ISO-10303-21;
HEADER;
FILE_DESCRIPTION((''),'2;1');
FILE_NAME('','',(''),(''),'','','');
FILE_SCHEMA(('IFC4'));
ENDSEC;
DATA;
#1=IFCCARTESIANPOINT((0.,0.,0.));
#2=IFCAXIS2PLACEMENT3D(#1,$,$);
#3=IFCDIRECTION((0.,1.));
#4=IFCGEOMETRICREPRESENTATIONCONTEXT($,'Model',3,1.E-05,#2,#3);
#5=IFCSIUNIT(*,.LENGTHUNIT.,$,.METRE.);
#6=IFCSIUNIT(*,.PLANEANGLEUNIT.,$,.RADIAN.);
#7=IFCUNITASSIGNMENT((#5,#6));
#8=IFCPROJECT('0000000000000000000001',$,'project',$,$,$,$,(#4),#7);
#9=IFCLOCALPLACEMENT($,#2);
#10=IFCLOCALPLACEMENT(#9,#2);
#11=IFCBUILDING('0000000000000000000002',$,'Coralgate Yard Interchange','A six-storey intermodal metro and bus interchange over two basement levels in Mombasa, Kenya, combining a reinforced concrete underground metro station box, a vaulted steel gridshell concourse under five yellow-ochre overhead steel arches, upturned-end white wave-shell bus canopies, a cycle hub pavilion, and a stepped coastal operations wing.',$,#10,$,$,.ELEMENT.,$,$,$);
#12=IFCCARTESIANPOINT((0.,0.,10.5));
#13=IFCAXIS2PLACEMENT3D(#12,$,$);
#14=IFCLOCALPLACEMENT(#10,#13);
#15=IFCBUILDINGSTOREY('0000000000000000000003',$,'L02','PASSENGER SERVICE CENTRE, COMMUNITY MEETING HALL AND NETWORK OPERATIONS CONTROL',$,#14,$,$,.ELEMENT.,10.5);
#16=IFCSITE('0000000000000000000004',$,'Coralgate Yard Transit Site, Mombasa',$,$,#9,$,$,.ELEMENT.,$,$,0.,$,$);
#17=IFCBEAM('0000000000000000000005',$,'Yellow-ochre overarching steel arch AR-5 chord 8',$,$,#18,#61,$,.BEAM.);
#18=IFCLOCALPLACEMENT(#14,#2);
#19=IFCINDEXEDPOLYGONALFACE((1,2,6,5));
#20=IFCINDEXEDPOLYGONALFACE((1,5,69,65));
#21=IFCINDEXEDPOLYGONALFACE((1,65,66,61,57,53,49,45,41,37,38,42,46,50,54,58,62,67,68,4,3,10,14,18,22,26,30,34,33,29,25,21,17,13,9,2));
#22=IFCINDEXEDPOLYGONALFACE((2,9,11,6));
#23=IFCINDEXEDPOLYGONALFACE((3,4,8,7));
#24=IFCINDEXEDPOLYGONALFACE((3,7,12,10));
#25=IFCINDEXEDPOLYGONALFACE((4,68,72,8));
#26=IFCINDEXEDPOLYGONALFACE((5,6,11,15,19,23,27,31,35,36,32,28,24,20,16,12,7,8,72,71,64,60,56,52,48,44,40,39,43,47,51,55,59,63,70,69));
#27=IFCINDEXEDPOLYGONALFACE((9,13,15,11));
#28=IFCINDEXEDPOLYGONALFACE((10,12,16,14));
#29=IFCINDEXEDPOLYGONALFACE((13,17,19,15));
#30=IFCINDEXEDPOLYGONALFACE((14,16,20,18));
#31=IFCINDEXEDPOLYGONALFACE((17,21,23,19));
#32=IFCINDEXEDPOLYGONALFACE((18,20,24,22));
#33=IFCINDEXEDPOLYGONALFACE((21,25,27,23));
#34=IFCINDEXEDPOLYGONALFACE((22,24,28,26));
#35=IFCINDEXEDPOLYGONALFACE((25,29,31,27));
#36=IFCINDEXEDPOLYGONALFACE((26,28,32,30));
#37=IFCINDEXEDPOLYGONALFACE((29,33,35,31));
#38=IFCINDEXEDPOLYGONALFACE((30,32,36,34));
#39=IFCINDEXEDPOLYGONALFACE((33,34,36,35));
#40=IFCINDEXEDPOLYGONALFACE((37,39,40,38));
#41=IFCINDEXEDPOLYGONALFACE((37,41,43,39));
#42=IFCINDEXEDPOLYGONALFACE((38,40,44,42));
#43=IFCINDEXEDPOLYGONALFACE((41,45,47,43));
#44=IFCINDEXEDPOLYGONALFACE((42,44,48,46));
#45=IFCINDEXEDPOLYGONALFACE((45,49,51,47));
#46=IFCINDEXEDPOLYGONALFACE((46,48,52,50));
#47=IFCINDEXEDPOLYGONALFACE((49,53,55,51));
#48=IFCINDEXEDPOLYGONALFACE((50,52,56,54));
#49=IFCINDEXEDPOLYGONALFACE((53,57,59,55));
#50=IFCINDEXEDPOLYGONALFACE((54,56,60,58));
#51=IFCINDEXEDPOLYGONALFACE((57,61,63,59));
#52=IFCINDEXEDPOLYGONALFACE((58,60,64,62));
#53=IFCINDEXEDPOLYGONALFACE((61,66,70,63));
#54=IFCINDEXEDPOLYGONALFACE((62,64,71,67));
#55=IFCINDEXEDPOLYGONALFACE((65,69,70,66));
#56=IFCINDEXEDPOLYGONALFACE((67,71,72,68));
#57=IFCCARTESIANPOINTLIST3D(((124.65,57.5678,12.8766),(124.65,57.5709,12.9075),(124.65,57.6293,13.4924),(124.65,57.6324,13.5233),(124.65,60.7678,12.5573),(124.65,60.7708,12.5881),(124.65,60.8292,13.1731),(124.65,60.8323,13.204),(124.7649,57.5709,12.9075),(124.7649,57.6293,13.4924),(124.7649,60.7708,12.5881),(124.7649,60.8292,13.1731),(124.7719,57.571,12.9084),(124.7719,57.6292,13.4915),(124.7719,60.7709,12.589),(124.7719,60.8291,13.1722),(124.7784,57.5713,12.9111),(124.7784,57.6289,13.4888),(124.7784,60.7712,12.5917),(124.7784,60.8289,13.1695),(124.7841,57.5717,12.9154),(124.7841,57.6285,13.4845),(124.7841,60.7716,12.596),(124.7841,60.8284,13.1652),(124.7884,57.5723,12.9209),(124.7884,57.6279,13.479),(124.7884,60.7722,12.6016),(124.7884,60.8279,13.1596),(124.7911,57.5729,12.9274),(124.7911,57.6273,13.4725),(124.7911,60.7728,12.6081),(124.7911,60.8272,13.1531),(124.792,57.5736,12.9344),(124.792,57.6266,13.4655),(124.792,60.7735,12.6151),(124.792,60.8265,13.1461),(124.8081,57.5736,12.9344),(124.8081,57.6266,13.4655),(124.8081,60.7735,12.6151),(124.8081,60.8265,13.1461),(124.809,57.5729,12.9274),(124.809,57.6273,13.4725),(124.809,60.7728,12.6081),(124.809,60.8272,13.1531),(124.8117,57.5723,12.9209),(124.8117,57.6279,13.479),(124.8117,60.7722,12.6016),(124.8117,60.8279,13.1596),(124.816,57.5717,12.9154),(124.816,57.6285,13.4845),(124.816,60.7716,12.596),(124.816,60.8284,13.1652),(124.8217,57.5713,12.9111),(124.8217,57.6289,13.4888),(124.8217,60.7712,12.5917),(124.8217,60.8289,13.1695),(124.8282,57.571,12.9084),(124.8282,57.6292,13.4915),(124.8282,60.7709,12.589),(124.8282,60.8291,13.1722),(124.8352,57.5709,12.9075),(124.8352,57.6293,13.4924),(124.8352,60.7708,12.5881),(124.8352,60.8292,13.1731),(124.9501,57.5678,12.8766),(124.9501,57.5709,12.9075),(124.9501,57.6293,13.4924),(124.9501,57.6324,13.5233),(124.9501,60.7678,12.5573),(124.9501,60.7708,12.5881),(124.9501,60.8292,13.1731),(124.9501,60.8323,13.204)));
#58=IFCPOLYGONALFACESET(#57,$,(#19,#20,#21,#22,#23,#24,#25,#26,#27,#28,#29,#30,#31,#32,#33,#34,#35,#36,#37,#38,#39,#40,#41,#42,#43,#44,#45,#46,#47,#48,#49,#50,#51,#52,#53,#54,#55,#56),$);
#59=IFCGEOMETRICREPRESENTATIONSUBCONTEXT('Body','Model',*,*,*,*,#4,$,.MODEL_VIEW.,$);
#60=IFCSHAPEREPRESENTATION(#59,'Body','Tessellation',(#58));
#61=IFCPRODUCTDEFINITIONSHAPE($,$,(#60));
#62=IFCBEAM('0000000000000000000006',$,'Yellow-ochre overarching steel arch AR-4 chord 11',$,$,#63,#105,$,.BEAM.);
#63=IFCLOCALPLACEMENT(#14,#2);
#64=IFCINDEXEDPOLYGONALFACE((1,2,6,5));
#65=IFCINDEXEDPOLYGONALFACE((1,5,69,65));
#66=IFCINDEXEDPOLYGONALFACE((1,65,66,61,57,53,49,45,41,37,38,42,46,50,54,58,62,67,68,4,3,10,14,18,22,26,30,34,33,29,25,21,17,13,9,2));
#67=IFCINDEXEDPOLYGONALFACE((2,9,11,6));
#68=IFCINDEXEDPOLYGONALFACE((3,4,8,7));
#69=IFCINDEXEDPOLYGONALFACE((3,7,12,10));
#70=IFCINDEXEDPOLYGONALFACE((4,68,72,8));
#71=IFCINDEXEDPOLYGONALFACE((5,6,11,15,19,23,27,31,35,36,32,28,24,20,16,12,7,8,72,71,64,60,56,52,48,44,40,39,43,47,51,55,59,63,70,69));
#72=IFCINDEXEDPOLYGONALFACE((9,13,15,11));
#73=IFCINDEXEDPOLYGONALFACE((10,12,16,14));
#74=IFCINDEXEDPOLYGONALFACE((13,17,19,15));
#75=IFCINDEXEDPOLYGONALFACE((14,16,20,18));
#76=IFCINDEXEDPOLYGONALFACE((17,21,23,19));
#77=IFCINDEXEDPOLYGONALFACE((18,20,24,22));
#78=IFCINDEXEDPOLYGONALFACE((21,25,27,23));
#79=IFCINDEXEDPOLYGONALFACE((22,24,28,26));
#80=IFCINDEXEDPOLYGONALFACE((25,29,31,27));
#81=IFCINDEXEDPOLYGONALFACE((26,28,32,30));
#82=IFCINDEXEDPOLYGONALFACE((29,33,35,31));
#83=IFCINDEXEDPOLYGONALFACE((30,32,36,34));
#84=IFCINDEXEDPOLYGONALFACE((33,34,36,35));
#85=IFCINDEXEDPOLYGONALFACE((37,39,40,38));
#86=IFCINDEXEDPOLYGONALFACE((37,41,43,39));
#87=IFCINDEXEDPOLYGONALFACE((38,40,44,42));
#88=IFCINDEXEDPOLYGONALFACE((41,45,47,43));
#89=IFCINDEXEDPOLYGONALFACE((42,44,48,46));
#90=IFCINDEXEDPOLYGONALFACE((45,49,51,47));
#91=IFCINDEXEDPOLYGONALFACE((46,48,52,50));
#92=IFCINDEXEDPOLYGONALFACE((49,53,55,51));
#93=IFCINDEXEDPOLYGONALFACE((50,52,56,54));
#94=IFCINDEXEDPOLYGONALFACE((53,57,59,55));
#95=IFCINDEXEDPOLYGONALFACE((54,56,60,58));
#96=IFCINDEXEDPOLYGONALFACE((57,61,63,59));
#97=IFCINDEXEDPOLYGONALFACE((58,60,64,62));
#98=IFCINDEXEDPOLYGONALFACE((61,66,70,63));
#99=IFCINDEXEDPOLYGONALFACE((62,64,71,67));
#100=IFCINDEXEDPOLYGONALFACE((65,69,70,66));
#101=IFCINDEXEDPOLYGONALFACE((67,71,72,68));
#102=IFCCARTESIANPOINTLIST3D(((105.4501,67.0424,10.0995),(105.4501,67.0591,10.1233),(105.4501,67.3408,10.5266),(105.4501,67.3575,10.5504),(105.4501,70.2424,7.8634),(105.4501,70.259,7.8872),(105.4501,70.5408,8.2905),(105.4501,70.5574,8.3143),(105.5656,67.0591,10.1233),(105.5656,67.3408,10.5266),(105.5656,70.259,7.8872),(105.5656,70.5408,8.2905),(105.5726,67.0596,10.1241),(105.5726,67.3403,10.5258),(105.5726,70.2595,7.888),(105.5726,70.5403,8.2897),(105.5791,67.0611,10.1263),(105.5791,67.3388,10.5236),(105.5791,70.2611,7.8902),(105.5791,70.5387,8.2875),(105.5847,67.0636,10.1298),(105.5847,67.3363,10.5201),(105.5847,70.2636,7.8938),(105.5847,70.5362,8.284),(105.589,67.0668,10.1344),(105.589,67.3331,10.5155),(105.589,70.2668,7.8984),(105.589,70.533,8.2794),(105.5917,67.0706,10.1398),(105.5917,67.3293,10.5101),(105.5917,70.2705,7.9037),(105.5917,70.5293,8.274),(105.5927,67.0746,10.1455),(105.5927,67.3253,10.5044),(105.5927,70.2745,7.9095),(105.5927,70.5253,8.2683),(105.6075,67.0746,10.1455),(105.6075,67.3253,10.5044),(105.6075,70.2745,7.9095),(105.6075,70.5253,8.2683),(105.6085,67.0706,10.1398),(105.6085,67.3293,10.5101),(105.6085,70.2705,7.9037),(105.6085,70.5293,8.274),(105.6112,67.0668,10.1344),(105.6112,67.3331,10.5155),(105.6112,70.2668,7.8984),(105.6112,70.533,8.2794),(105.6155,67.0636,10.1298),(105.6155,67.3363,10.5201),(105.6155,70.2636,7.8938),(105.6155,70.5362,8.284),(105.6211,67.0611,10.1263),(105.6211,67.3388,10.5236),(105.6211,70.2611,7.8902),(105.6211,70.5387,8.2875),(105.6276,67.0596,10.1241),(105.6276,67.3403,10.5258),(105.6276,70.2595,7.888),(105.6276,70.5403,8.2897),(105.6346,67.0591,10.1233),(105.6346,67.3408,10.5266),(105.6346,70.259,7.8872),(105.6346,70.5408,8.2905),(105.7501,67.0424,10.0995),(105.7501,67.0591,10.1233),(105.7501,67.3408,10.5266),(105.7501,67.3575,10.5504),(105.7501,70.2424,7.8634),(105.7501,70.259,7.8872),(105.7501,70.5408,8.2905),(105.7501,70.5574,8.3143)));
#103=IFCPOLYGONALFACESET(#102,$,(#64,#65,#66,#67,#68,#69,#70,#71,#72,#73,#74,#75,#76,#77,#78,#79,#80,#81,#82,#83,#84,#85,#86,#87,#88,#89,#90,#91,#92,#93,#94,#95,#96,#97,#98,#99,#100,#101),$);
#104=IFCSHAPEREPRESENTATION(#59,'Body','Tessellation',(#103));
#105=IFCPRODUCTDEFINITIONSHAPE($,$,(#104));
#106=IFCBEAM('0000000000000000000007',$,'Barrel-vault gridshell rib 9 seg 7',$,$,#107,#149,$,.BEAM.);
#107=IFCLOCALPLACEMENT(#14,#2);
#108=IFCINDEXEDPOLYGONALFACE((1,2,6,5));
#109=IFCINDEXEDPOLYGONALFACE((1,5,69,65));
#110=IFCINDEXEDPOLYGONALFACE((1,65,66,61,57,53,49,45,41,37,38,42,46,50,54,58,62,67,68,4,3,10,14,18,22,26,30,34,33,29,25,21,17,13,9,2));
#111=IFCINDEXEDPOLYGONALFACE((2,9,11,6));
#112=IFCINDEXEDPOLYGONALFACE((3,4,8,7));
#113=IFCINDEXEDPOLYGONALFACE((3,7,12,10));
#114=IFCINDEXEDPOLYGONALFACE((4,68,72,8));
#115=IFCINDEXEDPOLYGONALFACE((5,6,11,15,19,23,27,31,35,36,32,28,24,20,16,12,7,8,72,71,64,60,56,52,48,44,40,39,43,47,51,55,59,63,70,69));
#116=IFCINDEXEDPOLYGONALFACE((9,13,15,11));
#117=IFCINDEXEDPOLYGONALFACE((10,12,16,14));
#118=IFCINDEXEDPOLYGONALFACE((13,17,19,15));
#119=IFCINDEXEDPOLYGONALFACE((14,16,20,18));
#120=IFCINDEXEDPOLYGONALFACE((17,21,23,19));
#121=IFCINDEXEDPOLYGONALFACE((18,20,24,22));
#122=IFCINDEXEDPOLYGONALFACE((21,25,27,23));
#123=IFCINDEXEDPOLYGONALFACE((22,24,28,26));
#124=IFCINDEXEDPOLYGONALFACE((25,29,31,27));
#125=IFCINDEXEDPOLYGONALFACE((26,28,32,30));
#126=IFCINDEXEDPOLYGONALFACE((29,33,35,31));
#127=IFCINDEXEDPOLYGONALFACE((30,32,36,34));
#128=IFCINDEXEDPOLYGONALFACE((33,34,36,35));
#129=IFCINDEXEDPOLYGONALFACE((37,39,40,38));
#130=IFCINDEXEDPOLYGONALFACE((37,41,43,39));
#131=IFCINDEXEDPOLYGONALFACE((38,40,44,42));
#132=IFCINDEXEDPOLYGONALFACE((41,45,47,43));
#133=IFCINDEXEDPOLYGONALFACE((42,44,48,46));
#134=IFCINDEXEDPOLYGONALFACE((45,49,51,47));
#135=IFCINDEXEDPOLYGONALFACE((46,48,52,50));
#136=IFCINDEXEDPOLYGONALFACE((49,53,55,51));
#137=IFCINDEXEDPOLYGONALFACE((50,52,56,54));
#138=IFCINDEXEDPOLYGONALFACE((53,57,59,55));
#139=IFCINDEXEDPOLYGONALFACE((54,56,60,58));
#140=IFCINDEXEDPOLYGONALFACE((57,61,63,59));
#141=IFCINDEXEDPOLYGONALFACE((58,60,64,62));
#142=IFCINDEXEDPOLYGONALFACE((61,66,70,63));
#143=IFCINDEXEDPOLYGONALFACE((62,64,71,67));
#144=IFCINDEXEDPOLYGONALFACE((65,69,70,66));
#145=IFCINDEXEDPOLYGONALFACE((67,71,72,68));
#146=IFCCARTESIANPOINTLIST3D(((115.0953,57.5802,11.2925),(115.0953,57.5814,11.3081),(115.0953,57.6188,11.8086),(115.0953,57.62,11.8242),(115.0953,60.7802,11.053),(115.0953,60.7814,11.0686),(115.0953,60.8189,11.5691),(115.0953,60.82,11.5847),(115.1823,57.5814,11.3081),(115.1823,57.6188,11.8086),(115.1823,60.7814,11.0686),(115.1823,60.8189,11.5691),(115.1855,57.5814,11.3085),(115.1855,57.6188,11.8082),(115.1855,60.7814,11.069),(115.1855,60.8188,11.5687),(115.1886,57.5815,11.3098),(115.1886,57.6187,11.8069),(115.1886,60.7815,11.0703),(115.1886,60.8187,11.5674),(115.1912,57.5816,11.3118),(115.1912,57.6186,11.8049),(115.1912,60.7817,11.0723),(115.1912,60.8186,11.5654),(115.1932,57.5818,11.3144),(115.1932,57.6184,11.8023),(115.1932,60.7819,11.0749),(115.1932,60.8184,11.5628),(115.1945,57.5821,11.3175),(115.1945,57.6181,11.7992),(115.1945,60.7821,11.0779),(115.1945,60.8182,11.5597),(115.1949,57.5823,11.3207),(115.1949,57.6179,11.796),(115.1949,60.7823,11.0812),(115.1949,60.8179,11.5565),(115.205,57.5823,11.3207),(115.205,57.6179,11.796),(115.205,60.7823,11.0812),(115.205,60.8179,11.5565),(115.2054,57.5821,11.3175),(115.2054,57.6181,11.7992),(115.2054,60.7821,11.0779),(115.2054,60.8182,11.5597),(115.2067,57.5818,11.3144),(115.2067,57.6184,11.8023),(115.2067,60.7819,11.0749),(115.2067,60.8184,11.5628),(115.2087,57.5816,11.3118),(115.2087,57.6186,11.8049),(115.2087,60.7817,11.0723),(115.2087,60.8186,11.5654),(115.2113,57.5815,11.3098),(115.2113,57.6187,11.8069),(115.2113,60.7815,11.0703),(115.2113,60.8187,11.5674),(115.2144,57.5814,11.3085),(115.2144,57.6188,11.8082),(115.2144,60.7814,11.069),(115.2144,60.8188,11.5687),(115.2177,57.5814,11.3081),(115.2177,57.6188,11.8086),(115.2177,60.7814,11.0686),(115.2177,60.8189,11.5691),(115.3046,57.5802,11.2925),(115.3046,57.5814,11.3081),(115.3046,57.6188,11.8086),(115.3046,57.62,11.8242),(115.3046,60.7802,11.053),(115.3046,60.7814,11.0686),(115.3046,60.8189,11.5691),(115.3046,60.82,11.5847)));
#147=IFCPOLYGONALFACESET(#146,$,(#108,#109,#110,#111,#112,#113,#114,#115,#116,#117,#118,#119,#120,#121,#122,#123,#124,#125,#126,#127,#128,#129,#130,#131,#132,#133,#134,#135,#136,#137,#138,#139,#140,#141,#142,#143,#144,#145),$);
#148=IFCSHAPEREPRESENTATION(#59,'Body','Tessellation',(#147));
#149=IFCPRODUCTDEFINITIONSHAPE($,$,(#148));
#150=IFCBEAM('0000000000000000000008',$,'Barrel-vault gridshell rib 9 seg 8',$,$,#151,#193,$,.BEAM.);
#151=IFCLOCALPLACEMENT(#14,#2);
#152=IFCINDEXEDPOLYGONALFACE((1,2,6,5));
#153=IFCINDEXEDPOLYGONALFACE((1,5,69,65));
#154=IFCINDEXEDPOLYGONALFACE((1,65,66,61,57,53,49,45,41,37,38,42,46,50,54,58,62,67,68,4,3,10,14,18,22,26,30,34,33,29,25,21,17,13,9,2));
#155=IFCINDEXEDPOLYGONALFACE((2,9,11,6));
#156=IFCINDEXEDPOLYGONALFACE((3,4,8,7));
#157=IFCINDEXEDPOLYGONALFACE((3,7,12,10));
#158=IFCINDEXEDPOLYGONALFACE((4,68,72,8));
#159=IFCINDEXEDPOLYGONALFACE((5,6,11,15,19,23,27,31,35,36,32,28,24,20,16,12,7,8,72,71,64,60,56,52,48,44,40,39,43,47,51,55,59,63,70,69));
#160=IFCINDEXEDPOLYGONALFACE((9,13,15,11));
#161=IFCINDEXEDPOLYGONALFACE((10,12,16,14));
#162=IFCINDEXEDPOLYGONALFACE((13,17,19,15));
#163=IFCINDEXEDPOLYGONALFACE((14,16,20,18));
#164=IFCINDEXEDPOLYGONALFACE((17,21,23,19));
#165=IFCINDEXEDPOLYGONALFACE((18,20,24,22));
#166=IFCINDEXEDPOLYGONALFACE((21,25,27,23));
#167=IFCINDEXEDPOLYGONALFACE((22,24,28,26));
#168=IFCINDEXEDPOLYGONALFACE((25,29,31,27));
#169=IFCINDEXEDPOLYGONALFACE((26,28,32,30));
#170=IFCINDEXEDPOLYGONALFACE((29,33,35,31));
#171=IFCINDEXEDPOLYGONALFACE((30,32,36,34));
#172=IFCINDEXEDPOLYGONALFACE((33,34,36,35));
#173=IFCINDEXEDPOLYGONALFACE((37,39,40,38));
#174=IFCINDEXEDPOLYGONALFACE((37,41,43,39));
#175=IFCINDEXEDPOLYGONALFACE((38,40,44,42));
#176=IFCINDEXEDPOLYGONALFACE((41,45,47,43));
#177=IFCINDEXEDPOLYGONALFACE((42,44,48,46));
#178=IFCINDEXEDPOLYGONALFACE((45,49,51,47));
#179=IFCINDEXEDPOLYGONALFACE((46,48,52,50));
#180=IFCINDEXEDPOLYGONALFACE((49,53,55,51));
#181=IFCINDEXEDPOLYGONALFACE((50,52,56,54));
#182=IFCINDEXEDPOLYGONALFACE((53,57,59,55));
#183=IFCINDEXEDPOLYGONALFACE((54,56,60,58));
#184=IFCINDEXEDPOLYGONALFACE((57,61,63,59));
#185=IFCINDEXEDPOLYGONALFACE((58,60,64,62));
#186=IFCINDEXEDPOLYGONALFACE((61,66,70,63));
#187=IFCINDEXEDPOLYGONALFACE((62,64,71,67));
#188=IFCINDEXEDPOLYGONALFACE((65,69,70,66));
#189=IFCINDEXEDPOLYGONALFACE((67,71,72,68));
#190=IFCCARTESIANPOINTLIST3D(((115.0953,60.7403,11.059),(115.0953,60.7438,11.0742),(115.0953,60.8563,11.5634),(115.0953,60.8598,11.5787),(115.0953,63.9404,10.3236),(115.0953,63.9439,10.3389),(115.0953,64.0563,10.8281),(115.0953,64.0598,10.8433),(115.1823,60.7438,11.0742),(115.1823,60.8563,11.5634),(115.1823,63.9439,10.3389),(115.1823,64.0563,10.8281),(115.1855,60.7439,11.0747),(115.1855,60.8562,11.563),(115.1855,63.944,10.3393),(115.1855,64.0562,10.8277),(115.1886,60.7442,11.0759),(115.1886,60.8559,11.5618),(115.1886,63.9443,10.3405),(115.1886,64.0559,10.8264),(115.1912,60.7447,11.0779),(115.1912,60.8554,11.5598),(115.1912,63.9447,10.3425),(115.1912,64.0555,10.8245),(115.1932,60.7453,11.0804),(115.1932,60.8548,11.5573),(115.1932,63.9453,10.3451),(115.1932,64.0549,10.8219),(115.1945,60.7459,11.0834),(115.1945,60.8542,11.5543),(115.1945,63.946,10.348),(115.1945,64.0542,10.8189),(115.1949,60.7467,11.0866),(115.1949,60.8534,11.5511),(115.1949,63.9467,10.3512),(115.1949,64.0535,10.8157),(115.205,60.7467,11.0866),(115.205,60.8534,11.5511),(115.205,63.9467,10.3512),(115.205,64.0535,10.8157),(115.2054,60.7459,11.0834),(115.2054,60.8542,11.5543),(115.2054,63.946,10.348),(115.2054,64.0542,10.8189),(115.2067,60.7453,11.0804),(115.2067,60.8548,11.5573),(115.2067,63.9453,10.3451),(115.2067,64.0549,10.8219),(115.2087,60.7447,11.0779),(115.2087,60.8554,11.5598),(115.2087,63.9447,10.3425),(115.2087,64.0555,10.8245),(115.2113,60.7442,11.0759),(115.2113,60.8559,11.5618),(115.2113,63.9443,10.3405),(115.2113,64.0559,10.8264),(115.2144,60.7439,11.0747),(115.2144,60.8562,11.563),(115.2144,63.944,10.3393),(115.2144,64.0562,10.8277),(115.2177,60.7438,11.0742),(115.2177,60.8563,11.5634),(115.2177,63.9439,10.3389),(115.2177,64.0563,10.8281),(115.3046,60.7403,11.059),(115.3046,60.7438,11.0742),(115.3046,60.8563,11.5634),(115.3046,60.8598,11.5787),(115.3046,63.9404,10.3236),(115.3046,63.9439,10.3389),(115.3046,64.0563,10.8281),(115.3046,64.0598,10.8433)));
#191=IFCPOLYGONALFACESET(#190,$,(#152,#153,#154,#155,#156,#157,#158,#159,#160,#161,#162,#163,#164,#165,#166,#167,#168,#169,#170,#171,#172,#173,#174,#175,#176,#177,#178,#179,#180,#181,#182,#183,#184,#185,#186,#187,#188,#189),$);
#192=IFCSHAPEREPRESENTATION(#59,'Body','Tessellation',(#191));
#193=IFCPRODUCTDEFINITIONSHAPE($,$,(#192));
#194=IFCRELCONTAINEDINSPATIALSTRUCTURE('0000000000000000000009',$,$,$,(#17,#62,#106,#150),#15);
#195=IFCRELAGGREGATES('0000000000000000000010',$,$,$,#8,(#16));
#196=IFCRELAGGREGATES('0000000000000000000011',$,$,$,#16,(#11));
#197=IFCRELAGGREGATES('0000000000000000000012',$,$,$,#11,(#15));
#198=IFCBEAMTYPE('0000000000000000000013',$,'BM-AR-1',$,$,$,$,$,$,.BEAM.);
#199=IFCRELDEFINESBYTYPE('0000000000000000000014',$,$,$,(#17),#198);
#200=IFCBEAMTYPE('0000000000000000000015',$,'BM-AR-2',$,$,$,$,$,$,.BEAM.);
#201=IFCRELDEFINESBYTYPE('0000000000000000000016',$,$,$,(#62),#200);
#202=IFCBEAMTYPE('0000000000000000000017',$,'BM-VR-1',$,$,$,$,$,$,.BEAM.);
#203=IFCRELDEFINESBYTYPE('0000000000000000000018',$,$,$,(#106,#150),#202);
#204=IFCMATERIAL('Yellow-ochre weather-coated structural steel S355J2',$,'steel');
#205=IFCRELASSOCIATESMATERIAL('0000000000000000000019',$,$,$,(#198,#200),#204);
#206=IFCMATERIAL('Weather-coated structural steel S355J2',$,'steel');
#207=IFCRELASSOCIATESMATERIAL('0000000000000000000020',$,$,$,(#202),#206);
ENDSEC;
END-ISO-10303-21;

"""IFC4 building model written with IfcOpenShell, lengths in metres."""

from ifc_helpers import new_model, si_unit, direction, frame, origin, origin_2d, place, context, subcontext, project, spatial, i_section, extrude, material, material_profile, profile_set, type_object, element, save


model = new_model("IFC4")

# Units and contexts
model_context = context("Model", 3, precision=1e-05, world=origin(), true_north=direction((0.0, 1.0)))
body_context = subcontext(model_context, "Body", "Model", "MODEL_VIEW")
ifc_project = project(units=[si_unit("LENGTHUNIT", "METRE"), si_unit("PLANEANGLEUNIT", "RADIAN")], contexts=[model_context])

# Site, building, storey
site_placement = place(None, origin())
site = spatial("IfcSite", under=ifc_project, at=site_placement, Name="Coralgate Yard Transit Site, Mombasa", CompositionType="ELEMENT", RefElevation=0.0)
building_placement = place(site_placement, origin())
building = spatial("IfcBuilding", under=site, at=building_placement, Name="Coralgate Yard Interchange", Description="A six-storey intermodal metro and bus interchange over two basement levels in Mombasa, Kenya, combining a reinforced concrete underground metro station box, a vaulted steel gridshell concourse under five yellow-ochre overhead steel arches, upturned-end white wave-shell bus canopies, a cycle hub pavilion, and a stepped coastal operations wing.", CompositionType="ELEMENT")
storey_placement = place(building_placement, frame((0.0, 0.0, 10.5)))
storey = spatial("IfcBuildingStorey", under=building, at=storey_placement, Name="L02", Description="PASSENGER SERVICE CENTRE, COMMUNITY MEETING HALL AND NETWORK OPERATIONS CONTROL", CompositionType="ELEMENT", Elevation=10.5)

# Beams
ifc_material_1 = material(Name="Yellow-ochre weather-coated structural steel S355J2", Category="steel")
ifc_material_profile_1 = material_profile(ifc_material_1, i_section(OverallWidth=0.3, OverallDepth=0.6499, WebThickness=0.0161, FlangeThickness=0.031, FilletRadius=0.0271, at=origin_2d()), Name="HEB 650")
ifc_profile_set_1 = profile_set([ifc_material_profile_1], Name="Yellow-ochre weather-coated structural steel S355J2")
beam_type_1 = type_object("IfcBeamType", Name="BM-AR-1", PredefinedType="BEAM", material=ifc_profile_set_1)
beam_1_placement = place(storey_placement, frame((124.8, 57.6001, 13.2), z_axis=(0.0, 0.995057, -0.099301), x_axis=(-1.0, 0.0, 0.0)))
element("IfcBeam", 1, at=beam_1_placement, inside=storey, type_object=beam_type_1, Name="Yellow-ochre overarching steel arch AR-5 chord 8", PredefinedType="BEAM", context=body_context, shape_type="SweptSolid", body=[
    extrude(i_section(OverallWidth=0.3, OverallDepth=0.6499, WebThickness=0.0161, FlangeThickness=0.031, FilletRadius=0.0271, at=origin_2d()), origin(), (0.0, 0.0, 1.0), 3.2158),
])
ifc_material_profile_2 = material_profile(ifc_material_1, i_section(OverallWidth=0.3, OverallDepth=0.55, WebThickness=0.0149, FlangeThickness=0.0291, FilletRadius=0.0271, at=origin_2d()), Name="HEB 550")
ifc_profile_set_2 = profile_set([ifc_material_profile_2], Name="Yellow-ochre weather-coated structural steel S355J2")
beam_type_2 = type_object("IfcBeamType", Name="BM-AR-2", PredefinedType="BEAM", material=ifc_profile_set_2)
beam_2_placement = place(storey_placement, frame((105.6001, 67.2, 10.325), z_axis=(0.0, 0.819699, -0.572795), x_axis=(-1.0, 0.0, 0.0)))
element("IfcBeam", 2, at=beam_2_placement, inside=storey, type_object=beam_type_2, Name="Yellow-ochre overarching steel arch AR-4 chord 11", PredefinedType="BEAM", context=body_context, shape_type="SweptSolid", body=[
    extrude(i_section(OverallWidth=0.3, OverallDepth=0.55, WebThickness=0.0149, FlangeThickness=0.0291, FilletRadius=0.0271, at=origin_2d()), origin(), (0.0, 0.0, 1.0), 3.9038),
])
ifc_material_2 = material(Name="Weather-coated structural steel S355J2", Category="steel")
ifc_material_profile_3 = material_profile(ifc_material_2, i_section(OverallWidth=0.2092, OverallDepth=0.5332, WebThickness=0.01, FlangeThickness=0.0156, FilletRadius=0.0127, at=origin_2d()), Name="UB 533x210x92")
ifc_profile_set_3 = profile_set([ifc_material_profile_3], Name="Weather-coated structural steel S355J2")
beam_type_3 = type_object("IfcBeamType", Name="BM-VR-1", PredefinedType="BEAM", material=ifc_profile_set_3)
beam_3_placement = place(storey_placement, frame((115.2, 57.6001, 11.5583), z_axis=(0.0, 0.997211, -0.074637), x_axis=(-1.0, 0.0, 0.0)))
element("IfcBeam", 3, at=beam_3_placement, inside=storey, type_object=beam_type_3, Name="Barrel-vault gridshell rib 9 seg 7", PredefinedType="BEAM", context=body_context, shape_type="SweptSolid", body=[
    extrude(i_section(OverallWidth=0.2092, OverallDepth=0.5332, WebThickness=0.01, FlangeThickness=0.0156, FilletRadius=0.0127, at=origin_2d()), origin(), (0.0, 0.0, 1.0), 3.209),
])
beam_4_placement = place(storey_placement, frame((115.2, 60.8, 11.3188), z_axis=(0.0, 0.974598, -0.223963), x_axis=(-1.0, 0.0, 0.0)))
element("IfcBeam", 4, at=beam_4_placement, inside=storey, type_object=beam_type_3, Name="Barrel-vault gridshell rib 9 seg 8", PredefinedType="BEAM", context=body_context, shape_type="SweptSolid", body=[
    extrude(i_section(OverallWidth=0.2092, OverallDepth=0.5332, WebThickness=0.01, FlangeThickness=0.0156, FilletRadius=0.0127, at=origin_2d()), origin(), (0.0, 0.0, 1.0), 3.2834),
])

save(model, "model.ifc")
